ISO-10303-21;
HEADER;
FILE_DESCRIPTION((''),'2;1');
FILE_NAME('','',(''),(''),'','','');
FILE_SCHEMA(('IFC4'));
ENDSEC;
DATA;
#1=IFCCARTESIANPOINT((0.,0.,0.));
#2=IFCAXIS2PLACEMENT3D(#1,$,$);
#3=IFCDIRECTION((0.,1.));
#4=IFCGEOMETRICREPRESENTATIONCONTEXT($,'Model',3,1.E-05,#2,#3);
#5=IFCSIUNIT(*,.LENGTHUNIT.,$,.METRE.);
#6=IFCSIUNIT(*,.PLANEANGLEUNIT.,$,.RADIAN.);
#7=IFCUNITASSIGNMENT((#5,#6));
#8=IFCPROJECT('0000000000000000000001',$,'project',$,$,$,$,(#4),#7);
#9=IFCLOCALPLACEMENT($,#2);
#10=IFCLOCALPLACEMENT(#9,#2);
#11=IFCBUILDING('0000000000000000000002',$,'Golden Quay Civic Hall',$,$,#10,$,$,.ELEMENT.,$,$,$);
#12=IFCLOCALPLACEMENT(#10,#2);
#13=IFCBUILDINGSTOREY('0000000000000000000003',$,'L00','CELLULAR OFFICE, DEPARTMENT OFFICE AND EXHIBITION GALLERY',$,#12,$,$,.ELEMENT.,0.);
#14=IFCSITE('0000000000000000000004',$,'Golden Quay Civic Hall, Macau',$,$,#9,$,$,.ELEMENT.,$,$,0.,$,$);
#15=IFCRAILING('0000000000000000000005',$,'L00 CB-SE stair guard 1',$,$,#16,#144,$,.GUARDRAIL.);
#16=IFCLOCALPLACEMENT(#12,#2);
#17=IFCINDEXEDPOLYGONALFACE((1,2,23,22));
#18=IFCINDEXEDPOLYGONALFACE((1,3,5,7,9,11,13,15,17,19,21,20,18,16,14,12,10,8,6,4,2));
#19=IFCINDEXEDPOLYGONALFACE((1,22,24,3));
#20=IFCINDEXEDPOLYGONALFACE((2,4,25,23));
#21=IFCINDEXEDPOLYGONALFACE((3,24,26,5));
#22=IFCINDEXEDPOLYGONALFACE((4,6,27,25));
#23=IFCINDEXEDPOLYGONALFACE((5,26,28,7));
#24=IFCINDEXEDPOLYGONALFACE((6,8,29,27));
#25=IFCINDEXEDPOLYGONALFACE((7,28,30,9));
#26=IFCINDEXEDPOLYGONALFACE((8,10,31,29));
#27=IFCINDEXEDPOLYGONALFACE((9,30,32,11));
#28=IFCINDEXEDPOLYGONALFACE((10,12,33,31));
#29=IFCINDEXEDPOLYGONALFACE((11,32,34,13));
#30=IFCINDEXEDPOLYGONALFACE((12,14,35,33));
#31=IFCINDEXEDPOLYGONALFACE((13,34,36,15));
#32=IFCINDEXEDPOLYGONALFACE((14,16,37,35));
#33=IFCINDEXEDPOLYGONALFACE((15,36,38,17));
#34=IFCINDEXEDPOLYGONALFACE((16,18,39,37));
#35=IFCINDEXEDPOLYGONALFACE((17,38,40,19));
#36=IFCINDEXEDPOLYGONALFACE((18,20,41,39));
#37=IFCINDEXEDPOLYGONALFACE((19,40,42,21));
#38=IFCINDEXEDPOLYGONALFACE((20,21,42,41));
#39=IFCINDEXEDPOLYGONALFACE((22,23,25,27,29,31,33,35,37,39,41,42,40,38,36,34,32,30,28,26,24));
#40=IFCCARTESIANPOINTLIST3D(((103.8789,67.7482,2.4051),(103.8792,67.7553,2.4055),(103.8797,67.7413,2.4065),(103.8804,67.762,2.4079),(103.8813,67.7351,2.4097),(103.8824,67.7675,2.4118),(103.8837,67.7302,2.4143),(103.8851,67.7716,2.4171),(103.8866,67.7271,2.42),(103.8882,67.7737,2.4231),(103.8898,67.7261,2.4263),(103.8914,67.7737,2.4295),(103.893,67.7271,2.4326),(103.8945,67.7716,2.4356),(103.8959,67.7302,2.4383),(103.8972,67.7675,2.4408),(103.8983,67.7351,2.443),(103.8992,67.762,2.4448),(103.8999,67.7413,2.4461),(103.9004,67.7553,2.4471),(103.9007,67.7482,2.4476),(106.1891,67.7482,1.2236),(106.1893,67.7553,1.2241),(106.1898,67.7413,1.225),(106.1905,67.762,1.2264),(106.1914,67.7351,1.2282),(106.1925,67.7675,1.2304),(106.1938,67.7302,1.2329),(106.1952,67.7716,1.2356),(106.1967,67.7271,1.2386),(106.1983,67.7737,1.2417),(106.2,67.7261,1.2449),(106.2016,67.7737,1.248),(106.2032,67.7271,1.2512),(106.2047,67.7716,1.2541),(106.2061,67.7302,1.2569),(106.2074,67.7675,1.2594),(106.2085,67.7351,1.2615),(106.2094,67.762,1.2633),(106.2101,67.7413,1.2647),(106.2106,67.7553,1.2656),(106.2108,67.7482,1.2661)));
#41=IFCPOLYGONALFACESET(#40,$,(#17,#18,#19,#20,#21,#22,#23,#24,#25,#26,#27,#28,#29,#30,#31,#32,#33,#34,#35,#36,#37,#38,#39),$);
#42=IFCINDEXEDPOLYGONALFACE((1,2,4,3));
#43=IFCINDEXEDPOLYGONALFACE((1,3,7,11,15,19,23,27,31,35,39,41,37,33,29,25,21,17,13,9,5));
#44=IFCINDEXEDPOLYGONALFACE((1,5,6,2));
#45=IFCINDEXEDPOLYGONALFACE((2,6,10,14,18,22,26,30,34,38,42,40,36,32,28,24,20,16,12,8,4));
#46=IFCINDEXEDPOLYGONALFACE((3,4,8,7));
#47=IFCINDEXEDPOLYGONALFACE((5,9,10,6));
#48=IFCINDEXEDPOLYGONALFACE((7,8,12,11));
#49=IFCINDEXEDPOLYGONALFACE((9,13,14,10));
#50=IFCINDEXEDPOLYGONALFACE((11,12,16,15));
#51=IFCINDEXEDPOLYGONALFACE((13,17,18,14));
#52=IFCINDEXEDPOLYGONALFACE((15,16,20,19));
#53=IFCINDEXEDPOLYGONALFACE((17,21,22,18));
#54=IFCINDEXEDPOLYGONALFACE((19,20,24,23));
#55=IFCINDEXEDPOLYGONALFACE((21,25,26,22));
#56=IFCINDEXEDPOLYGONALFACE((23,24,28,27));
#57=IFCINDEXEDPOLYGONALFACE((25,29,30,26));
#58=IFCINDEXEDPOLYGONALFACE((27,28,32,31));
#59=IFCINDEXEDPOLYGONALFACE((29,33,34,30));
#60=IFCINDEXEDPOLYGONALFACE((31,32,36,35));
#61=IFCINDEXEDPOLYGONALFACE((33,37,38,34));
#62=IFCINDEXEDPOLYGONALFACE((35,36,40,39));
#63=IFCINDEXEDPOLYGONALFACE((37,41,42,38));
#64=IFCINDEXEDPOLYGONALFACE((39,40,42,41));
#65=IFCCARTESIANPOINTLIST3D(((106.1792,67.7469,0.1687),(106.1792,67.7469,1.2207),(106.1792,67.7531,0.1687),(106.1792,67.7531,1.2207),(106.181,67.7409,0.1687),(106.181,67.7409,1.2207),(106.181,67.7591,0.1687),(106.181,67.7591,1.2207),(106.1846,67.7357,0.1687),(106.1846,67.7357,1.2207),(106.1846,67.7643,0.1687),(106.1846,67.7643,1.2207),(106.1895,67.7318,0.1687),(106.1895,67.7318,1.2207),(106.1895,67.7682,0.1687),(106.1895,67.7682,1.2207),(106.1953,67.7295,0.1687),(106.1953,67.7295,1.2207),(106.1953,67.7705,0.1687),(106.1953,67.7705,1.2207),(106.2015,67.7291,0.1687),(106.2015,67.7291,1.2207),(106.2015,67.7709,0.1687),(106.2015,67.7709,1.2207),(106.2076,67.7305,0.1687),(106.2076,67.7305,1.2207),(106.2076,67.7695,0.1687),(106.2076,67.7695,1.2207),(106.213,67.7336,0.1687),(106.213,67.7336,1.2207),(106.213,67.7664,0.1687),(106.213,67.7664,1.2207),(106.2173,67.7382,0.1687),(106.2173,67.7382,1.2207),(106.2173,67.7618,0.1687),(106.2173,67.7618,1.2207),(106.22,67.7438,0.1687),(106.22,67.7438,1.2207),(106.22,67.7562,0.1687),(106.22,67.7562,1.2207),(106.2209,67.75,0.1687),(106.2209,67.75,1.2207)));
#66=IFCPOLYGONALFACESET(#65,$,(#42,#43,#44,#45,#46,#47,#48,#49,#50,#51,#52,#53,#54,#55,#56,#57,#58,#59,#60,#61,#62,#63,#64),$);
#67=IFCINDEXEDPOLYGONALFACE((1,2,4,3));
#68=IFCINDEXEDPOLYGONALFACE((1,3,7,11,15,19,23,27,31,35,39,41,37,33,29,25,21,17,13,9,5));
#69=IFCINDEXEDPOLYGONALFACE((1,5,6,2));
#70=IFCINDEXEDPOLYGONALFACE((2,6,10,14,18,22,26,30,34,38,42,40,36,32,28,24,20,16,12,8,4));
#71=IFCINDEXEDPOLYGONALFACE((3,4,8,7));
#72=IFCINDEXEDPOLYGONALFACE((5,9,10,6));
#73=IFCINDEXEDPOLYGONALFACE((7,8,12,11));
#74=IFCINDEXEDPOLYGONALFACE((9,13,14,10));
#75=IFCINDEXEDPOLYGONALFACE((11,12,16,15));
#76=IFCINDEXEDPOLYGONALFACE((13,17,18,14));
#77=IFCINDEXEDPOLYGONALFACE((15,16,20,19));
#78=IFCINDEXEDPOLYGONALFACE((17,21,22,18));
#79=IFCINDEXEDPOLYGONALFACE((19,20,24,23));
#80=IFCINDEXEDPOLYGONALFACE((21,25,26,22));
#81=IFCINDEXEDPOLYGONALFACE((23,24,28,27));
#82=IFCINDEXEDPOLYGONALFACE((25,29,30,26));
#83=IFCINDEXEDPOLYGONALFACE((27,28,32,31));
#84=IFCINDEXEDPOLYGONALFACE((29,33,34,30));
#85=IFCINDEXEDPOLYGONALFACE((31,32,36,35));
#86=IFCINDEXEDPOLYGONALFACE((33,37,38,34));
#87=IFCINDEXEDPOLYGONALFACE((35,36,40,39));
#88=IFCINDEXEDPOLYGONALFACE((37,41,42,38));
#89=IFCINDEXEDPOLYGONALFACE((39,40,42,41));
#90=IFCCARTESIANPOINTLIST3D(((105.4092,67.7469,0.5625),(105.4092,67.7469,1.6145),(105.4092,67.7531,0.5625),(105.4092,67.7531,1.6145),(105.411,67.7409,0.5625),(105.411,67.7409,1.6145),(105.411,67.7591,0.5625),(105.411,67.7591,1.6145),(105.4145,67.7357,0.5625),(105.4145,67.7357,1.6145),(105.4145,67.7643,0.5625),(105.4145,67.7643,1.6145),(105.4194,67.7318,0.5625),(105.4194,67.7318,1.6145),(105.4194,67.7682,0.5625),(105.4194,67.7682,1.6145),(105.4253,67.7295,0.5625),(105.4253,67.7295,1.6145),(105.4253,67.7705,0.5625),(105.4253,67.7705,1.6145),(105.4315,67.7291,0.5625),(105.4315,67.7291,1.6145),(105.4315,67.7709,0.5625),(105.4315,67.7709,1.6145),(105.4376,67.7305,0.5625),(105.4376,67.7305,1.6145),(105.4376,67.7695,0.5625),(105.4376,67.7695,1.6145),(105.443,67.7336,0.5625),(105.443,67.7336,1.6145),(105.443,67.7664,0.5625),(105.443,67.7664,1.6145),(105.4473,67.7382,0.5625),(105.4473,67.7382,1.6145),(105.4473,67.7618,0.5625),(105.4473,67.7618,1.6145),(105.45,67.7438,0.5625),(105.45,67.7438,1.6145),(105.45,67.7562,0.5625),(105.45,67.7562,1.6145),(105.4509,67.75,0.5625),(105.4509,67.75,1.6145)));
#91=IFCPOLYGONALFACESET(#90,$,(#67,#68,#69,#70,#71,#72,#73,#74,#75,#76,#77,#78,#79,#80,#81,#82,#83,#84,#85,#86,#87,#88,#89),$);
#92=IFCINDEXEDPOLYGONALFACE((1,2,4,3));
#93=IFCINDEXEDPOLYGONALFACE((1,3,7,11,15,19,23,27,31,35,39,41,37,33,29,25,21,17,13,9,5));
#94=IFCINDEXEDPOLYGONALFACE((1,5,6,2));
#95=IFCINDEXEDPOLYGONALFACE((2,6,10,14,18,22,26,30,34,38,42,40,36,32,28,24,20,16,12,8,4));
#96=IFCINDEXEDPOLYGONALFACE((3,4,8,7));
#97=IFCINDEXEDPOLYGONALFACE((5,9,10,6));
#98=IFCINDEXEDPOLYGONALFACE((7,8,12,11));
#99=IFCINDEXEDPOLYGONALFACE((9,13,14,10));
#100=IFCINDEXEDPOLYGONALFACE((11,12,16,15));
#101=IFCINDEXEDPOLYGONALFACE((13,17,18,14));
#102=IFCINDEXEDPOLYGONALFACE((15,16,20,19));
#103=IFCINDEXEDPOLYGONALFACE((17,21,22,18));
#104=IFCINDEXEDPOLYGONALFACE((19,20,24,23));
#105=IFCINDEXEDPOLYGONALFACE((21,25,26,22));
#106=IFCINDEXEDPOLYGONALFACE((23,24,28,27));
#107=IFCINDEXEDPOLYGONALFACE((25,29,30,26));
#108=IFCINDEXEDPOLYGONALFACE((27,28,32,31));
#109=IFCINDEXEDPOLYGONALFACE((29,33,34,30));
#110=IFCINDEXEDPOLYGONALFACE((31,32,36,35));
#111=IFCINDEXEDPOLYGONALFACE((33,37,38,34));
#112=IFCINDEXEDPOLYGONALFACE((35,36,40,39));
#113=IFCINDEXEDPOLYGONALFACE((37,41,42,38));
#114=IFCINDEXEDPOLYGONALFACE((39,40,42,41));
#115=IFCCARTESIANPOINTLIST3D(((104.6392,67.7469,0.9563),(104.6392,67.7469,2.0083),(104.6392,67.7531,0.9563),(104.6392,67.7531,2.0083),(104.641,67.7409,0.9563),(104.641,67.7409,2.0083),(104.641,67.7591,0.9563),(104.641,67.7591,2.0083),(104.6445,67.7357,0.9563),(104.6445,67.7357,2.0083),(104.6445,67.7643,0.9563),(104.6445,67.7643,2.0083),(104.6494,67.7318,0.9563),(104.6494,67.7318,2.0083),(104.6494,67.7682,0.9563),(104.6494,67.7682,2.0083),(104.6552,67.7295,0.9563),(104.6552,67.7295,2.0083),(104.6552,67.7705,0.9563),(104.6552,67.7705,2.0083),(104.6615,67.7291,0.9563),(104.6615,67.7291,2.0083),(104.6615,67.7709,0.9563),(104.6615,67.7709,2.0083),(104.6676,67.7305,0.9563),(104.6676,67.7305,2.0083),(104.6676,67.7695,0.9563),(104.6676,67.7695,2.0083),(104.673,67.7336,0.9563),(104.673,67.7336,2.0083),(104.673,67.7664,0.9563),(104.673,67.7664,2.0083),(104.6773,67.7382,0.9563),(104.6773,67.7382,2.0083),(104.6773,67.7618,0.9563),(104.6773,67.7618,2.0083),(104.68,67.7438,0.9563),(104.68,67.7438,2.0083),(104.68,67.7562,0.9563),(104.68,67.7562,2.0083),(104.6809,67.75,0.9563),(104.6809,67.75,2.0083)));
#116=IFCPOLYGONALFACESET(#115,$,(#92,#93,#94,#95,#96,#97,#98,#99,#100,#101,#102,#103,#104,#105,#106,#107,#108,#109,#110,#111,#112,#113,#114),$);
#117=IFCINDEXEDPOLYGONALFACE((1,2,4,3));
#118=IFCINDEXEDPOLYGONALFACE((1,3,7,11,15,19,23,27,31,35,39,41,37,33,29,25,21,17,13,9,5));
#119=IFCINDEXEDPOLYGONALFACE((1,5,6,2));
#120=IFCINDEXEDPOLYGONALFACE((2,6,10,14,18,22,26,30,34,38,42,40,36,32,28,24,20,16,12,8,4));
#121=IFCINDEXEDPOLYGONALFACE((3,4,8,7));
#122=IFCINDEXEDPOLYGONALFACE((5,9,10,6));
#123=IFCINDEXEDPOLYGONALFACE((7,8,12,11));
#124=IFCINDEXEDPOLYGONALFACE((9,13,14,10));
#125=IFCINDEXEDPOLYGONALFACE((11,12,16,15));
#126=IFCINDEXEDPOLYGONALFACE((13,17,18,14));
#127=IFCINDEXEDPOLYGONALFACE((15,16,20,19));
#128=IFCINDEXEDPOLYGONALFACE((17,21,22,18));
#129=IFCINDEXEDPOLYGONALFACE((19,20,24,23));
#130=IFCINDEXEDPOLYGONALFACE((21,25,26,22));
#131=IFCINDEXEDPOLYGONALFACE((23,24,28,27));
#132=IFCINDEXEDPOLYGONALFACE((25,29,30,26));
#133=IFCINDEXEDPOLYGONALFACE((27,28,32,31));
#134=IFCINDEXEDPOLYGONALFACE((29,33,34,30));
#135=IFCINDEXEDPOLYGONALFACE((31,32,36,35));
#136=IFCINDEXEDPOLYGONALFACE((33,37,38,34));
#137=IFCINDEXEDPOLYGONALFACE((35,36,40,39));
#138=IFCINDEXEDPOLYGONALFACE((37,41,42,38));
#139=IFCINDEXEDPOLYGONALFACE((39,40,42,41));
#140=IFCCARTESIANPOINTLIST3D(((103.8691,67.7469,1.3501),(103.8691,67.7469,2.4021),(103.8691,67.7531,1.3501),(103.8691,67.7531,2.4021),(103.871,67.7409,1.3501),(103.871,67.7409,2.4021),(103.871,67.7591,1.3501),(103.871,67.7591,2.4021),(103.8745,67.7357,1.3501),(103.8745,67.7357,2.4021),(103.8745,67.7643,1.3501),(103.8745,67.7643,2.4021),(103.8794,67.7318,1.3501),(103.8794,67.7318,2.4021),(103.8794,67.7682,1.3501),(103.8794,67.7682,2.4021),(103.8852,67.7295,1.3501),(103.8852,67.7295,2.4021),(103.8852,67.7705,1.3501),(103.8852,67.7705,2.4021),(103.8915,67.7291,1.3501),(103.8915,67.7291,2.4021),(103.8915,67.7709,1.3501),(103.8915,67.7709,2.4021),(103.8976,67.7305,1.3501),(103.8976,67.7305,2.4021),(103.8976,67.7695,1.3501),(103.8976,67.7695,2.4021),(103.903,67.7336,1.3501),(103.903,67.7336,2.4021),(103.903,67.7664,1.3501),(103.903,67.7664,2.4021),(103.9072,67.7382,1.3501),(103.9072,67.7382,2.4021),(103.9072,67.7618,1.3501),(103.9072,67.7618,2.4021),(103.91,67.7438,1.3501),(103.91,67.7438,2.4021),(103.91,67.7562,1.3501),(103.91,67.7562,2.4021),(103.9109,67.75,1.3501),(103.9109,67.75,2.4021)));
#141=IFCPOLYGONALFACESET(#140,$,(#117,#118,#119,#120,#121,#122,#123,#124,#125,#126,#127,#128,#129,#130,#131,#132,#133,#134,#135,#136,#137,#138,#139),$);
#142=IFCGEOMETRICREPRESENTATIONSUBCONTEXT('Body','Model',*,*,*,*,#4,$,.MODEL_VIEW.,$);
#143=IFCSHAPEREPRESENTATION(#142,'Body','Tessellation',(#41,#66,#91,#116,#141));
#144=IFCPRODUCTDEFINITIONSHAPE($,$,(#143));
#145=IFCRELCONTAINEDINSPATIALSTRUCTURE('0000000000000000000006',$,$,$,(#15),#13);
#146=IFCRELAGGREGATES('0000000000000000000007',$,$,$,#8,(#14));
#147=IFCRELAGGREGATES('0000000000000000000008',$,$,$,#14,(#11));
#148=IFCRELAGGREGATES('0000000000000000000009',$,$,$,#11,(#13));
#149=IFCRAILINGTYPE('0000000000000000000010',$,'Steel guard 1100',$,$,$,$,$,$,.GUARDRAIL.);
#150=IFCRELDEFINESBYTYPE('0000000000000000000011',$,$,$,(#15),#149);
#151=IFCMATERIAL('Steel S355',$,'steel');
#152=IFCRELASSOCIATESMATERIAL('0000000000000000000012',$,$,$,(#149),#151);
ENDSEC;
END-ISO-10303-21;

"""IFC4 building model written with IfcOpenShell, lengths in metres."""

from ifc_helpers import new_model, si_unit, direction, frame, origin, origin_2d, place, context, subcontext, project, spatial, circle, extrude, material, type_object, element, save


model = new_model("IFC4")

# Units and contexts
model_context = context("Model", 3, precision=1e-05, world=origin(), true_north=direction((0.0, 1.0)))
body_context = subcontext(model_context, "Body", "Model", "MODEL_VIEW")
ifc_project = project(units=[si_unit("LENGTHUNIT", "METRE"), si_unit("PLANEANGLEUNIT", "RADIAN")], contexts=[model_context])

# Site, building, storey
site_placement = place(None, origin())
site = spatial("IfcSite", under=ifc_project, at=site_placement, Name="Golden Quay Civic Hall, Macau", CompositionType="ELEMENT", RefElevation=0.0)
building_placement = place(site_placement, origin())
building = spatial("IfcBuilding", under=site, at=building_placement, Name="Golden Quay Civic Hall", CompositionType="ELEMENT")
storey_placement = place(building_placement, origin())
storey = spatial("IfcBuildingStorey", under=building, at=storey_placement, Name="L00", Description="CELLULAR OFFICE, DEPARTMENT OFFICE AND EXHIBITION GALLERY", CompositionType="ELEMENT", Elevation=0.0)

# Railing
ifc_material_1 = material(Name="Steel S355", Category="steel")
railing_type_1 = type_object("IfcRailingType", Name="Steel guard 1100", PredefinedType="GUARDRAIL", material=ifc_material_1)
railing_1_placement = place(storey_placement, frame((106.2, 67.75, 0.1687)))
element("IfcRailing", 1, at=railing_1_placement, inside=storey, type_object=railing_type_1, Name="L00 CB-SE stair guard 1", PredefinedType="GUARDRAIL", context=body_context, shape_type="SweptSolid", body=[
    extrude(circle(Radius=0.0239, at=origin_2d()), frame((0.0, 0.0, 1.0762), z_axis=(-0.890325, 0.0, 0.455325), x_axis=(0.0, -1.0, 0.0)), (0.0, 0.0, 1.0), 2.5947),
    extrude(circle(Radius=0.021, at=origin_2d()), origin(), (0.0, 0.0, 1.0), 1.052),
    extrude(circle(Radius=0.021, at=origin_2d()), frame((-0.77, 0.0, 0.3938)), (0.0, 0.0, 1.0), 1.052),
    extrude(circle(Radius=0.021, at=origin_2d()), frame((-1.54, 0.0, 0.7876)), (0.0, 0.0, 1.0), 1.052),
    extrude(circle(Radius=0.021, at=origin_2d()), frame((-2.3101, 0.0, 1.1814)), (0.0, 0.0, 1.0), 1.052),
])

save(model, "model.ifc")
